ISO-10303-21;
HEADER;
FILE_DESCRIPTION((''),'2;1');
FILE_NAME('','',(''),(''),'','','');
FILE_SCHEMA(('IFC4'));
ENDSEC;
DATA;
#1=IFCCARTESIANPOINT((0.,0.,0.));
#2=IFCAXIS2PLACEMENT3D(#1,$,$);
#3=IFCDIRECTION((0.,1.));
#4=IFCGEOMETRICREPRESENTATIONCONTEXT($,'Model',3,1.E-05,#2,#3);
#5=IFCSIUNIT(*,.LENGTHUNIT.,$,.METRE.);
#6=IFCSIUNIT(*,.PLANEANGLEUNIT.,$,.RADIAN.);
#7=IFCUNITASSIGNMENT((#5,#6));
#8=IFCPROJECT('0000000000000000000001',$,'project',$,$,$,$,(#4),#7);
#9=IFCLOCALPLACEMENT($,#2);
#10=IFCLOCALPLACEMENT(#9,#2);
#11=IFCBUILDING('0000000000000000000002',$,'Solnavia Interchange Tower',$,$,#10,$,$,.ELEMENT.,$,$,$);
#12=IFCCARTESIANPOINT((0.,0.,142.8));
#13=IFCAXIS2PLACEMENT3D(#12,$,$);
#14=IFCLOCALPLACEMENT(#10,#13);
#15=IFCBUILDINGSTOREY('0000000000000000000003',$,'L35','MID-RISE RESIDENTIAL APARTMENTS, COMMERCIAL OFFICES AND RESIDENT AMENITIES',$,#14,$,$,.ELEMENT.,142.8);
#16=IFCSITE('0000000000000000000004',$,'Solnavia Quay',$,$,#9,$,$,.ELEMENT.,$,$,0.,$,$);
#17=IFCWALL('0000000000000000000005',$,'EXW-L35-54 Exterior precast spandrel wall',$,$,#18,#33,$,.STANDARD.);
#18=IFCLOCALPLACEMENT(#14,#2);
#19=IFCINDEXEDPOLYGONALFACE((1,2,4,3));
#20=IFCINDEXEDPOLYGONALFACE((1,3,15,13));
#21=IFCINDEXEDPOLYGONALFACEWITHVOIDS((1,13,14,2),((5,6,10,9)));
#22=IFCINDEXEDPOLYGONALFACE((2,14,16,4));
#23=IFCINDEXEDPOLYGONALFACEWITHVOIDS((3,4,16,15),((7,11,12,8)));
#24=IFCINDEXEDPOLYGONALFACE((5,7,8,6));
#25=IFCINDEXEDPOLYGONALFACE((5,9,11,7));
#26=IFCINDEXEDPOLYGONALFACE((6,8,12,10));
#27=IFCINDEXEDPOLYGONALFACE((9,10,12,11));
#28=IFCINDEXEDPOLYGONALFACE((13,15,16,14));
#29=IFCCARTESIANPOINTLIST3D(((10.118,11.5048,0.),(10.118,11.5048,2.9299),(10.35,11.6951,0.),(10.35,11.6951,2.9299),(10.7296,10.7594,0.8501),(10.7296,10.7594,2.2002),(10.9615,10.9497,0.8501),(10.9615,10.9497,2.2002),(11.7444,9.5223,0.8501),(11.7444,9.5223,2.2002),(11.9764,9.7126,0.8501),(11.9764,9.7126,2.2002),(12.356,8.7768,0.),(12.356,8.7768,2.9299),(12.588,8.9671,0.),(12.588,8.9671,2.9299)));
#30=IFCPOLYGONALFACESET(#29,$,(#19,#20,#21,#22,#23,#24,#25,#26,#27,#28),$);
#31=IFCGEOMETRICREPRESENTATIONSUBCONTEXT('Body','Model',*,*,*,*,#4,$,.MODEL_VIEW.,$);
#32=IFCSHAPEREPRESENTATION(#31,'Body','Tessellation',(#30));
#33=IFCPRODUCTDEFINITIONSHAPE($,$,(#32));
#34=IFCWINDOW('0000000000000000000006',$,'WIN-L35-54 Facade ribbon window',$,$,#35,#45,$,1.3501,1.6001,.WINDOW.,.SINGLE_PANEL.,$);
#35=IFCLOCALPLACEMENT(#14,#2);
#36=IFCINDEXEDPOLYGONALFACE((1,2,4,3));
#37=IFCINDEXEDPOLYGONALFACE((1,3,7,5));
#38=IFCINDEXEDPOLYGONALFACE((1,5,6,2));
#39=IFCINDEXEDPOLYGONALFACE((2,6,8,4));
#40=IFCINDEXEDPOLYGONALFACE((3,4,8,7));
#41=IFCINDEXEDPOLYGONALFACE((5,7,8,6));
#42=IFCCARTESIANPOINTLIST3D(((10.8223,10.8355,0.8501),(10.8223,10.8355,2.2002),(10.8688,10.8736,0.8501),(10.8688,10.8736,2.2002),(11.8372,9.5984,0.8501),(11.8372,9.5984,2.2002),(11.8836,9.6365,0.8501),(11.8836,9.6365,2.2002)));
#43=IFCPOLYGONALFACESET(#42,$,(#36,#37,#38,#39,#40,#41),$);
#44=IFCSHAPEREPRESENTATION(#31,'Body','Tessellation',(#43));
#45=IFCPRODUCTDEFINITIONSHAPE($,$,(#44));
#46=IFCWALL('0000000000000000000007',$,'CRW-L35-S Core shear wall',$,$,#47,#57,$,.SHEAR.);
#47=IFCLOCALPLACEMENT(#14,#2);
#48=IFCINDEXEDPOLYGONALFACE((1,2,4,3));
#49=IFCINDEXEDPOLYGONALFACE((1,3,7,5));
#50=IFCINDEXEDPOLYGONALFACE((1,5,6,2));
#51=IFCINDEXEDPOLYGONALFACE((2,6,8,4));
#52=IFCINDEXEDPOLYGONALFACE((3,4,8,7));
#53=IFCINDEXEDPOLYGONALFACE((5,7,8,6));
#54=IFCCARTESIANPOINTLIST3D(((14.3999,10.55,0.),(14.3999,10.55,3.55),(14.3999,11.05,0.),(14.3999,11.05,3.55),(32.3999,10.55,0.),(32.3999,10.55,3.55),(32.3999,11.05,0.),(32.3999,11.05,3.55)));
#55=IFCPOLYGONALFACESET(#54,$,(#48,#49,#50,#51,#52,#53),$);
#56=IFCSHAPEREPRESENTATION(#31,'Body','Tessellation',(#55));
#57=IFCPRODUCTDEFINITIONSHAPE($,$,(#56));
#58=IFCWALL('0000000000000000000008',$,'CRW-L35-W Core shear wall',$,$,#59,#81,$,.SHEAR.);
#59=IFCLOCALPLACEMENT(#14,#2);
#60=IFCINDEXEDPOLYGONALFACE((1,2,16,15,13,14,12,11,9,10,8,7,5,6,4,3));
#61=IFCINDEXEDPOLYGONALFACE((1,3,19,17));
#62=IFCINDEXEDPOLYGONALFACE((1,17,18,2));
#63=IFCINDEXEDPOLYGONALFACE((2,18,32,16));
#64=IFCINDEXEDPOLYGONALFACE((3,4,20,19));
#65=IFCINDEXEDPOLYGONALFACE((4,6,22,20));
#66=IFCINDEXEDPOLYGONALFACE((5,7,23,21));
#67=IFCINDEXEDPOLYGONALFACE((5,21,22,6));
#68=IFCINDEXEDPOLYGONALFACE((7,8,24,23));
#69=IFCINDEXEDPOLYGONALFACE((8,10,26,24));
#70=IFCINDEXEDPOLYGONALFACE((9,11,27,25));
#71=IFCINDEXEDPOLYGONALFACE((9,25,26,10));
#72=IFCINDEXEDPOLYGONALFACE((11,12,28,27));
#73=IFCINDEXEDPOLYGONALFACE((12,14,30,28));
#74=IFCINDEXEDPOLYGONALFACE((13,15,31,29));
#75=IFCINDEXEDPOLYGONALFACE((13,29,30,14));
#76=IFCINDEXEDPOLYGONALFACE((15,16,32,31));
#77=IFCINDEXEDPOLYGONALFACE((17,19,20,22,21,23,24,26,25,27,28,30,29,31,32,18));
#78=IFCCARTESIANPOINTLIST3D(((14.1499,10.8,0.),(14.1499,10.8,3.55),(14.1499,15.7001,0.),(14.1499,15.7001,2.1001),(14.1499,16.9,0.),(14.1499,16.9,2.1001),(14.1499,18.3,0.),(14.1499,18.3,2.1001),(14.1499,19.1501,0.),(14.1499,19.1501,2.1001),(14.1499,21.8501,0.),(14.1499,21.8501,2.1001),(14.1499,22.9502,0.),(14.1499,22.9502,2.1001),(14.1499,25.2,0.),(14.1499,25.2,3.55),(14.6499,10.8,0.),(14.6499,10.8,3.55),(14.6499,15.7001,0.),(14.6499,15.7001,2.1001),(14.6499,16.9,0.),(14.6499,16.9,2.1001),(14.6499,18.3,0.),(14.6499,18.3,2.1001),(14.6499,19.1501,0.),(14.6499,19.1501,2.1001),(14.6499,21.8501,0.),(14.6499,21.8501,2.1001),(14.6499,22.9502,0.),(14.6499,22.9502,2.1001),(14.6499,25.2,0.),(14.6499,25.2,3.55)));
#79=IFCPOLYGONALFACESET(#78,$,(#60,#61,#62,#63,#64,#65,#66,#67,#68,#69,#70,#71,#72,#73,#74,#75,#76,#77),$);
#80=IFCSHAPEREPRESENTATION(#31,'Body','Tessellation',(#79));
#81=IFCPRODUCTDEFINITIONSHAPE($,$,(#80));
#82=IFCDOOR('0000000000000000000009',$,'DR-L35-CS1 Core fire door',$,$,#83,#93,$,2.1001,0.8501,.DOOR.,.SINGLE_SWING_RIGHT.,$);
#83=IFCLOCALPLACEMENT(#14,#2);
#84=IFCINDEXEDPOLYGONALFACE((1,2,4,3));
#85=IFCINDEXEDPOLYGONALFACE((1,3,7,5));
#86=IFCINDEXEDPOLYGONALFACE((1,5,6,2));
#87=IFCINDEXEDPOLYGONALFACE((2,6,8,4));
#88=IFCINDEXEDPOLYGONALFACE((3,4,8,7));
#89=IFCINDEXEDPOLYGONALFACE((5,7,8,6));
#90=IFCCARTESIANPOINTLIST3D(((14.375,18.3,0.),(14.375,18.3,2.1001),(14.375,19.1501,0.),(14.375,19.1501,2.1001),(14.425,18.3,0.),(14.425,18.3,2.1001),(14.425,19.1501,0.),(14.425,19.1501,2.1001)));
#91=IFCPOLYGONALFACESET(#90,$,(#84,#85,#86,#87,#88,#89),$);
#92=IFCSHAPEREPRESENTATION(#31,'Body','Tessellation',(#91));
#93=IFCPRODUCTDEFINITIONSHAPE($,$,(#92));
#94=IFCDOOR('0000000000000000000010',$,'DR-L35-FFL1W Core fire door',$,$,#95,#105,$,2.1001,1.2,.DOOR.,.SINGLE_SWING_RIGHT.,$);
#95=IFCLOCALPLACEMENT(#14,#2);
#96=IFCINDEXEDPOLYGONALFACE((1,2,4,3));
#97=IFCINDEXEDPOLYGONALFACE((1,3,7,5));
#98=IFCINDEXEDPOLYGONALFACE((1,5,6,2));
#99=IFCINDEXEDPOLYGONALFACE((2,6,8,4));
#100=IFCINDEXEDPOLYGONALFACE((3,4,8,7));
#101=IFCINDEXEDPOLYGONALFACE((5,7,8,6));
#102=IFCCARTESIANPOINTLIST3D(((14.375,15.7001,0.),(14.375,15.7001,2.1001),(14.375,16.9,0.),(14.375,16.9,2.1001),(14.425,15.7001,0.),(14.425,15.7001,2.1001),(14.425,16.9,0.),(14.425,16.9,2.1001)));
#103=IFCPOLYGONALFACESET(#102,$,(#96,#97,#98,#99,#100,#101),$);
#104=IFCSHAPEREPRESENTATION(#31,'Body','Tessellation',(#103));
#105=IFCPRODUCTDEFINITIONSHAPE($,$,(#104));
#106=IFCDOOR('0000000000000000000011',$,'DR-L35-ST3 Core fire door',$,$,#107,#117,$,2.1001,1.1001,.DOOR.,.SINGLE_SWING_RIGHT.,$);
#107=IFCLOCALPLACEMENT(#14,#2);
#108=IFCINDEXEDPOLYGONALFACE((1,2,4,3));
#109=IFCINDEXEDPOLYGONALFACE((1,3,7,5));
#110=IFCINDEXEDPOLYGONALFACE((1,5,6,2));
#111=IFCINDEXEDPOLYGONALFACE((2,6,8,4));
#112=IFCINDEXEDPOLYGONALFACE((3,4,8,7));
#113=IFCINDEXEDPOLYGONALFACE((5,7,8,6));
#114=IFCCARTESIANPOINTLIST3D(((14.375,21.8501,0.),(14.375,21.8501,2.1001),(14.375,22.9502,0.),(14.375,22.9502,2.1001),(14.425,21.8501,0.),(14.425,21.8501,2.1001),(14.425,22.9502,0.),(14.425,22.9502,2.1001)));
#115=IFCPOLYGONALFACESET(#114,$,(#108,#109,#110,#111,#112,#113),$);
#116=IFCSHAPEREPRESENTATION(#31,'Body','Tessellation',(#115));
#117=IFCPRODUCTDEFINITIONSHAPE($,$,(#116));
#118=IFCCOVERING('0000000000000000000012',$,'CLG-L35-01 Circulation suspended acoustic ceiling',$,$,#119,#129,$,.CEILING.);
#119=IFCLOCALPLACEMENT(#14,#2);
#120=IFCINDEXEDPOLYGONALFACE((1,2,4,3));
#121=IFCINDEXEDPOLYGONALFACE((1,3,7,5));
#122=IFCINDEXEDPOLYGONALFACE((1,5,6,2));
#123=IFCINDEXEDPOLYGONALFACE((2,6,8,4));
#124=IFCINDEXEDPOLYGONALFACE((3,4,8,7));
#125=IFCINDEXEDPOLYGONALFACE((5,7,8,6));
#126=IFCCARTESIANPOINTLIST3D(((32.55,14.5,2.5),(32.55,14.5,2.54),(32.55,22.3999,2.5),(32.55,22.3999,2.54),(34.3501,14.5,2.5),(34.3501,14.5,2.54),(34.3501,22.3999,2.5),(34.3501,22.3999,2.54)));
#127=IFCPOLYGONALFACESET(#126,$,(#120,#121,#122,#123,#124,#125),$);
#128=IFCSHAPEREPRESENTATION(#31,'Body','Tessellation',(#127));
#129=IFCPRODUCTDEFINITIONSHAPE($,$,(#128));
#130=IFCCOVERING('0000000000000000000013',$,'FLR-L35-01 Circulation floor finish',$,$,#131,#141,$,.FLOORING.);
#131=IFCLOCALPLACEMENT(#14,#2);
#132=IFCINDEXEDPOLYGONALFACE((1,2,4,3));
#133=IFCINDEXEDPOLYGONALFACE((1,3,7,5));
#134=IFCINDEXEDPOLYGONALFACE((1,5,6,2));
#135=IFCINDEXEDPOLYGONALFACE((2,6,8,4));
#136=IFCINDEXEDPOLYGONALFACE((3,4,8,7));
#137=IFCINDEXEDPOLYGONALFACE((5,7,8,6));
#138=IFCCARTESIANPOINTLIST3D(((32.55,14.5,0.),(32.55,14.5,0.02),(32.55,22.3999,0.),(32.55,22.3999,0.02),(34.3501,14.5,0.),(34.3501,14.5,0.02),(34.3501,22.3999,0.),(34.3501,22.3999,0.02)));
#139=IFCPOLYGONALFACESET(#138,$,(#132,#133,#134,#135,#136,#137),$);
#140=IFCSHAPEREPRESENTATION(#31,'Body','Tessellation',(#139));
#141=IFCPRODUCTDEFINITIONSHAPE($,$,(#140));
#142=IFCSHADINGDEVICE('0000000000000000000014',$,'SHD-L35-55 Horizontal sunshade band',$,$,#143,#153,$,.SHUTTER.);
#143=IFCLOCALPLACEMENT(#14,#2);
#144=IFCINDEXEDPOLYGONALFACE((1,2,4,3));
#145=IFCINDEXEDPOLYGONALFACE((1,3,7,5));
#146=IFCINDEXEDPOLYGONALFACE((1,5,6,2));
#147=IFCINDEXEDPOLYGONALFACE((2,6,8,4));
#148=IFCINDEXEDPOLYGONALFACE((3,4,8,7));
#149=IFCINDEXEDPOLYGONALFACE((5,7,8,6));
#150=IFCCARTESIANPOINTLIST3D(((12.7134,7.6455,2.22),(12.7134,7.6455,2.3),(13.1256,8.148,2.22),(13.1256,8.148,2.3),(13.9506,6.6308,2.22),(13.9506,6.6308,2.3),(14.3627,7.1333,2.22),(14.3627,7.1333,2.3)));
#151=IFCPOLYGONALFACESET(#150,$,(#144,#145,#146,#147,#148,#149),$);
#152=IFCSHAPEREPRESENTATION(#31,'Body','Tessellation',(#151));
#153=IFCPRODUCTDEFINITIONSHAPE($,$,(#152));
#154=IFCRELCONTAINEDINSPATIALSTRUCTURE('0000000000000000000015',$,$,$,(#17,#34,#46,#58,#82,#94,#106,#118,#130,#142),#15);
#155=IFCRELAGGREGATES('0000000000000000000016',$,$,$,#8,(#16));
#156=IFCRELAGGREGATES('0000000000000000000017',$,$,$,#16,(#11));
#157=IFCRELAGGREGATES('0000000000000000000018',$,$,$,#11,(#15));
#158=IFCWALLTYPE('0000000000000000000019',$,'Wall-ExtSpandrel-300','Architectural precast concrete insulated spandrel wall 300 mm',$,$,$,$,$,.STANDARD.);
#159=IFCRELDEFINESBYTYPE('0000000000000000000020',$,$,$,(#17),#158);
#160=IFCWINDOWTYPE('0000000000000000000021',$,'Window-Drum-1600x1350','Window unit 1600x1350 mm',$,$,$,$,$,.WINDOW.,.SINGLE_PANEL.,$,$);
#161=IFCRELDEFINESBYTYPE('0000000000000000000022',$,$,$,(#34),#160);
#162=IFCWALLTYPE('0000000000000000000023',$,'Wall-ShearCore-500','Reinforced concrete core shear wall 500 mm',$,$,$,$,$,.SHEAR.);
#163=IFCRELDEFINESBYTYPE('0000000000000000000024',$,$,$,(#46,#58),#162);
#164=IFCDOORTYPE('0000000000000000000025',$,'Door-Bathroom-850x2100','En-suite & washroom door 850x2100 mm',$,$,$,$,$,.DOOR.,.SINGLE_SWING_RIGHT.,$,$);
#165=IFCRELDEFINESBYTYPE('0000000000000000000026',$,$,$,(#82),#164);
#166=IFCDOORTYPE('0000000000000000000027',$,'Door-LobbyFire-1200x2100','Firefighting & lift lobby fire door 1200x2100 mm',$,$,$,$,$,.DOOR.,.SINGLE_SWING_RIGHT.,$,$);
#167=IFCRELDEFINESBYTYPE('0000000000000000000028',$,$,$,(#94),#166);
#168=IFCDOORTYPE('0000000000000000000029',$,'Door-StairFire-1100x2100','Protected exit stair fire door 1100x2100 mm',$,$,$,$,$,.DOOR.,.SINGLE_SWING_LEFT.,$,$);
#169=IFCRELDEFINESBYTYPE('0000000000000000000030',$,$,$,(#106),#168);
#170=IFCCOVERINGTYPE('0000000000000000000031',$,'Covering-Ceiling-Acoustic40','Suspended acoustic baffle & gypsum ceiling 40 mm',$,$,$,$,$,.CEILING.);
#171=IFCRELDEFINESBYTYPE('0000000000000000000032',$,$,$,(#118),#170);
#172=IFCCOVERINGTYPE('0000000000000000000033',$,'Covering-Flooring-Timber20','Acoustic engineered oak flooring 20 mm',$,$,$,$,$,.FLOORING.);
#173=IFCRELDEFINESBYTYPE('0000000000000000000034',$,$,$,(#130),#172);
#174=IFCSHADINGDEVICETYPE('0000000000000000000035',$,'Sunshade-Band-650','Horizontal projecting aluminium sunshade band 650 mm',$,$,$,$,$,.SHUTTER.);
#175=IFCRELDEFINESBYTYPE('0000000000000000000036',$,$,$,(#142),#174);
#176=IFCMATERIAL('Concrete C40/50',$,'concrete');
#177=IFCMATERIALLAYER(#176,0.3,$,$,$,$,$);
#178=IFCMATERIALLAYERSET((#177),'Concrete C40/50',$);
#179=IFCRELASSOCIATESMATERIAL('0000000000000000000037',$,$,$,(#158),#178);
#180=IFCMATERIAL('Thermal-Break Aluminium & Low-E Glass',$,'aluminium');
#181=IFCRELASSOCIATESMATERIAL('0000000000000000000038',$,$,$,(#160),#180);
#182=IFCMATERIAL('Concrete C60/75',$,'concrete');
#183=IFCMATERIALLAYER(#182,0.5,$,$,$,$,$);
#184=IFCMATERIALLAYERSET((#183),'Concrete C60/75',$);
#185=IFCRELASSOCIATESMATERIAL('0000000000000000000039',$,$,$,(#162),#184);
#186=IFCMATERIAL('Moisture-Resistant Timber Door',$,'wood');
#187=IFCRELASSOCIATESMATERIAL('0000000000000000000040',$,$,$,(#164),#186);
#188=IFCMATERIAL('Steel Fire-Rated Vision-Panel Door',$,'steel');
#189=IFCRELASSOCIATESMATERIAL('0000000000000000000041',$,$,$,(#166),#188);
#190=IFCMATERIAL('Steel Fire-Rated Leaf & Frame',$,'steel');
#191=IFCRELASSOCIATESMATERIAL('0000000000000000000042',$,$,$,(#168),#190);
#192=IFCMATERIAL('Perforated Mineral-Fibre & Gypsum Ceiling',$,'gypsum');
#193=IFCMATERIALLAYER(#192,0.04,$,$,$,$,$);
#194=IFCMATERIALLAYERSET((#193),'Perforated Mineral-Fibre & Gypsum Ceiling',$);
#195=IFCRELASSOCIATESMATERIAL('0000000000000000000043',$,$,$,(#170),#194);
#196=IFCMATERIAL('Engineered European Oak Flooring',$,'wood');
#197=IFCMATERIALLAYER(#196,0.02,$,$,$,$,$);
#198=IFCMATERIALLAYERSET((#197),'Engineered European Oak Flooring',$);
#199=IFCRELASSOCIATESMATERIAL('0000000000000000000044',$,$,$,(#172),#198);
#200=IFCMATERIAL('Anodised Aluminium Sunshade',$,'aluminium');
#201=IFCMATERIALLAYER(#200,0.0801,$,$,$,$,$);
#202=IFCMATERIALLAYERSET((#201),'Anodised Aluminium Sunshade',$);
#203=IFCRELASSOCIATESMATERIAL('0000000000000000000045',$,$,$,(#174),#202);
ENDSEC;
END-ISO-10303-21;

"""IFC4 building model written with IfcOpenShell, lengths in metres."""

from ifc_helpers import new_model, si_unit, direction, frame, frame_2d, origin, origin_2d, place, context, subcontext, project, spatial, polyline, rectangle, outline, extrude, material, layer, layer_set, type_object, element, fill, save


model = new_model("IFC4")

# Units and contexts
model_context = context("Model", 3, precision=1e-05, world=origin(), true_north=direction((0.0, 1.0)))
body_context = subcontext(model_context, "Body", "Model", "MODEL_VIEW")
ifc_project = project(units=[si_unit("LENGTHUNIT", "METRE"), si_unit("PLANEANGLEUNIT", "RADIAN")], contexts=[model_context])

# Site, building, storey
site_placement = place(None, origin())
site = spatial("IfcSite", under=ifc_project, at=site_placement, Name="Solnavia Quay", CompositionType="ELEMENT", RefElevation=0.0)
building_placement = place(site_placement, origin())
building = spatial("IfcBuilding", under=site, at=building_placement, Name="Solnavia Interchange Tower", CompositionType="ELEMENT")
storey_placement = place(building_placement, frame((0.0, 0.0, 142.8)))
storey = spatial("IfcBuildingStorey", under=building, at=storey_placement, Name="L35", Description="MID-RISE RESIDENTIAL APARTMENTS, COMMERCIAL OFFICES AND RESIDENT AMENITIES", CompositionType="ELEMENT", Elevation=142.8)

# Shared definitions
ifc_material_1 = material(Name="Concrete C40/50", Category="concrete")

# Wall, opening, window
ifc_layer_1 = layer(ifc_material_1, 0.3)
ifc_layer_set_1 = layer_set([ifc_layer_1], Name="Concrete C40/50")
wall_type_1 = type_object("IfcWallType", Name="Wall-ExtSpandrel-300", Description="Architectural precast concrete insulated spandrel wall 300 mm", PredefinedType="STANDARD", material=ifc_layer_set_1)
wall_1_placement = place(storey_placement, frame((12.4719, 8.8721, 0.0), z_axis=(0.0, 0.0, 1.0), x_axis=(-0.634258, 0.773121, 0.0)))
wall_1 = element("IfcWall", 1, at=wall_1_placement, inside=storey, type_object=wall_type_1, Name="EXW-L35-54 Exterior precast spandrel wall", PredefinedType="STANDARD", context=body_context, shape_type="SweptSolid", body=[
    extrude(rectangle(XDim=3.5286, YDim=0.3, at=frame_2d((1.7642, 0.0))), origin(), (0.0, 0.0, 1.0), 2.9299),
])
opening_1_placement = place(wall_1_placement, frame((0.9641, 0.0, 0.8501)))
opening_1 = element("IfcOpeningElement", 2, at=opening_1_placement, cuts=wall_1, PredefinedType="OPENING", context=body_context, shape_type="SweptSolid", body=[
    extrude(rectangle(XDim=1.6001, YDim=1.3501, at=frame_2d((0.8, 0.675))), frame((0.0, 0.1602, 0.0), z_axis=(0.0, -1.0, 0.0), x_axis=(1.0, 0.0, 0.0)), (0.0, 0.0, 1.0), 0.3201),
])
ifc_material_2 = material(Name="Thermal-Break Aluminium & Low-E Glass", Category="aluminium")
window_type = type_object("IfcWindowType", Name="Window-Drum-1600x1350", Description="Window unit 1600x1350 mm", PartitioningType="SINGLE_PANEL", PredefinedType="WINDOW", material=ifc_material_2)
window_placement = place(opening_1_placement, origin())
window = element("IfcWindow", 3, at=window_placement, inside=storey, type_object=window_type, Name="WIN-L35-54 Facade ribbon window", OverallHeight=1.3501, OverallWidth=1.6001, PartitioningType="SINGLE_PANEL", PredefinedType="WINDOW", context=body_context, shape_type="SweptSolid", body=[
    extrude(rectangle(XDim=1.6001, YDim=1.3501, at=frame_2d((0.8, 0.675))), frame((0.0, 0.03, 0.0), z_axis=(0.0, -1.0, 0.0), x_axis=(1.0, 0.0, 0.0)), (0.0, 0.0, 1.0), 0.0601),
])
fill(opening_1, window)

# Wall
ifc_material_3 = material(Name="Concrete C60/75", Category="concrete")
ifc_layer_2 = layer(ifc_material_3, 0.5)
ifc_layer_set_2 = layer_set([ifc_layer_2], Name="Concrete C60/75")
wall_type_2 = type_object("IfcWallType", Name="Wall-ShearCore-500", Description="Reinforced concrete core shear wall 500 mm", PredefinedType="SHEAR", material=ifc_layer_set_2)
wall_2_placement = place(storey_placement, frame((14.3999, 10.8, 0.0), z_axis=(0.0, 0.0, 1.0), x_axis=(1.0, 0.0, 0.0)))
element("IfcWall", 4, at=wall_2_placement, inside=storey, type_object=wall_type_2, Name="CRW-L35-S Core shear wall", PredefinedType="SHEAR", context=body_context, shape_type="SweptSolid", body=[
    extrude(rectangle(XDim=18.0, YDim=0.5, at=frame_2d((9.0, 0.0))), origin(), (0.0, 0.0, 1.0), 3.55),
])

# Wall, openings, doors
wall_3_placement = place(storey_placement, frame((14.3999, 10.8, 0.0), z_axis=(0.0, 0.0, 1.0), x_axis=(0.0, 1.0, 0.0)))
wall_3 = element("IfcWall", 5, at=wall_3_placement, inside=storey, type_object=wall_type_2, Name="CRW-L35-W Core shear wall", PredefinedType="SHEAR", context=body_context, shape_type="SweptSolid", body=[
    extrude(rectangle(XDim=14.3999, YDim=0.5, at=frame_2d((7.2, 0.0))), origin(), (0.0, 0.0, 1.0), 3.55),
])
opening_2_placement = place(wall_3_placement, frame((11.05, 0.0, 0.0)))
opening_2 = element("IfcOpeningElement", 6, at=opening_2_placement, cuts=wall_3, PredefinedType="OPENING", context=body_context, shape_type="SweptSolid", body=[
    extrude(rectangle(XDim=1.1001, YDim=2.1001, at=frame_2d((0.55, 1.05))), frame((0.0, 0.26, 0.0), z_axis=(0.0, -1.0, 0.0), x_axis=(1.0, 0.0, 0.0)), (0.0, 0.0, 1.0), 0.52),
])
opening_3_placement = place(wall_3_placement, frame((4.8999, 0.0, 0.0)))
opening_3 = element("IfcOpeningElement", 7, at=opening_3_placement, cuts=wall_3, PredefinedType="OPENING", context=body_context, shape_type="SweptSolid", body=[
    extrude(rectangle(XDim=1.2, YDim=2.1001, at=frame_2d((0.6001, 1.05))), frame((0.0, 0.26, 0.0), z_axis=(0.0, -1.0, 0.0), x_axis=(1.0, 0.0, 0.0)), (0.0, 0.0, 1.0), 0.52),
])
opening_4_placement = place(wall_3_placement, frame((7.5, 0.0, 0.0)))
opening_4 = element("IfcOpeningElement", 8, at=opening_4_placement, cuts=wall_3, PredefinedType="OPENING", context=body_context, shape_type="SweptSolid", body=[
    extrude(rectangle(XDim=0.8501, YDim=2.1001, at=frame_2d((0.425, 1.05))), frame((0.0, 0.26, 0.0), z_axis=(0.0, -1.0, 0.0), x_axis=(1.0, 0.0, 0.0)), (0.0, 0.0, 1.0), 0.52),
])
ifc_material_4 = material(Name="Moisture-Resistant Timber Door", Category="wood")
door_type_1 = type_object("IfcDoorType", Name="Door-Bathroom-850x2100", Description="En-suite & washroom door 850x2100 mm", OperationType="SINGLE_SWING_RIGHT", PredefinedType="DOOR", material=ifc_material_4)
door_1_placement = place(opening_4_placement, origin())
door_1 = element("IfcDoor", 9, at=door_1_placement, inside=storey, type_object=door_type_1, Name="DR-L35-CS1 Core fire door", OperationType="SINGLE_SWING_RIGHT", OverallHeight=2.1001, OverallWidth=0.8501, PredefinedType="DOOR", context=body_context, shape_type="SweptSolid", body=[
    extrude(rectangle(XDim=0.8501, YDim=2.1001, at=frame_2d((0.425, 1.05))), frame((0.0, 0.0249, 0.0), z_axis=(0.0, -1.0, 0.0), x_axis=(1.0, 0.0, 0.0)), (0.0, 0.0, 1.0), 0.05),
])
fill(opening_4, door_1)
ifc_material_5 = material(Name="Steel Fire-Rated Vision-Panel Door", Category="steel")
door_type_2 = type_object("IfcDoorType", Name="Door-LobbyFire-1200x2100", Description="Firefighting & lift lobby fire door 1200x2100 mm", OperationType="SINGLE_SWING_RIGHT", PredefinedType="DOOR", material=ifc_material_5)
door_2_placement = place(opening_3_placement, origin())
door_2 = element("IfcDoor", 10, at=door_2_placement, inside=storey, type_object=door_type_2, Name="DR-L35-FFL1W Core fire door", OperationType="SINGLE_SWING_RIGHT", OverallHeight=2.1001, OverallWidth=1.2, PredefinedType="DOOR", context=body_context, shape_type="SweptSolid", body=[
    extrude(rectangle(XDim=1.2, YDim=2.1001, at=frame_2d((0.6001, 1.05))), frame((0.0, 0.0249, 0.0), z_axis=(0.0, -1.0, 0.0), x_axis=(1.0, 0.0, 0.0)), (0.0, 0.0, 1.0), 0.05),
])
fill(opening_3, door_2)
ifc_material_6 = material(Name="Steel Fire-Rated Leaf & Frame", Category="steel")
door_type_3 = type_object("IfcDoorType", Name="Door-StairFire-1100x2100", Description="Protected exit stair fire door 1100x2100 mm", OperationType="SINGLE_SWING_LEFT", PredefinedType="DOOR", material=ifc_material_6)
door_3_placement = place(opening_2_placement, origin())
door_3 = element("IfcDoor", 11, at=door_3_placement, inside=storey, type_object=door_type_3, Name="DR-L35-ST3 Core fire door", OperationType="SINGLE_SWING_RIGHT", OverallHeight=2.1001, OverallWidth=1.1001, PredefinedType="DOOR", context=body_context, shape_type="SweptSolid", body=[
    extrude(rectangle(XDim=1.1001, YDim=2.1001, at=frame_2d((0.55, 1.05))), frame((0.0, 0.0249, 0.0), z_axis=(0.0, -1.0, 0.0), x_axis=(1.0, 0.0, 0.0)), (0.0, 0.0, 1.0), 0.05),
])
fill(opening_2, door_3)

# Coverings
ifc_material_7 = material(Name="Perforated Mineral-Fibre & Gypsum Ceiling", Category="gypsum")
ifc_layer_3 = layer(ifc_material_7, 0.04)
ifc_layer_set_3 = layer_set([ifc_layer_3], Name="Perforated Mineral-Fibre & Gypsum Ceiling")
covering_type_1 = type_object("IfcCoveringType", Name="Covering-Ceiling-Acoustic40", Description="Suspended acoustic baffle & gypsum ceiling 40 mm", PredefinedType="CEILING", material=ifc_layer_set_3)
covering_1_placement = place(storey_placement, frame((0.0, 0.0, 2.5)))
element("IfcCovering", 12, at=covering_1_placement, inside=storey, type_object=covering_type_1, Name="CLG-L35-01 Circulation suspended acoustic ceiling", PredefinedType="CEILING", context=body_context, shape_type="SweptSolid", body=[
    extrude(outline(polyline([(32.55, 14.5), (34.3501, 14.5), (34.3501, 22.3999), (32.55, 22.3999), (32.55, 14.5)])), origin(), (0.0, 0.0, 1.0), 0.04),
])
ifc_material_8 = material(Name="Engineered European Oak Flooring", Category="wood")
ifc_layer_4 = layer(ifc_material_8, 0.02)
ifc_layer_set_4 = layer_set([ifc_layer_4], Name="Engineered European Oak Flooring")
covering_type_2 = type_object("IfcCoveringType", Name="Covering-Flooring-Timber20", Description="Acoustic engineered oak flooring 20 mm", PredefinedType="FLOORING", material=ifc_layer_set_4)
covering_2_placement = place(storey_placement, origin())
element("IfcCovering", 13, at=covering_2_placement, inside=storey, type_object=covering_type_2, Name="FLR-L35-01 Circulation floor finish", PredefinedType="FLOORING", context=body_context, shape_type="SweptSolid", body=[
    extrude(outline(polyline([(32.55, 14.5), (34.3501, 14.5), (34.3501, 22.3999), (32.55, 22.3999), (32.55, 14.5)])), origin(), (0.0, 0.0, 1.0), 0.02),
])

# Shading device
ifc_material_9 = material(Name="Anodised Aluminium Sunshade", Category="aluminium")
ifc_layer_5 = layer(ifc_material_9, 0.0801)
ifc_layer_set_5 = layer_set([ifc_layer_5], Name="Anodised Aluminium Sunshade")
shading_device_type = type_object("IfcShadingDeviceType", Name="Sunshade-Band-650", Description="Horizontal projecting aluminium sunshade band 650 mm", PredefinedType="SHUTTER", material=ifc_layer_set_5)
shading_device_placement = place(storey_placement, frame((13.5381, 7.3894, 2.22), z_axis=(0.0, 0.0, 1.0), x_axis=(-0.773177, 0.634191, 0.0)))
element("IfcShadingDevice", 14, at=shading_device_placement, inside=storey, type_object=shading_device_type, Name="SHD-L35-55 Horizontal sunshade band", PredefinedType="SHUTTER", context=body_context, shape_type="SweptSolid", body=[
    extrude(rectangle(XDim=1.6001, YDim=0.6499, at=origin_2d()), origin(), (0.0, 0.0, 1.0), 0.0801),
])

save(model, "model.ifc")
